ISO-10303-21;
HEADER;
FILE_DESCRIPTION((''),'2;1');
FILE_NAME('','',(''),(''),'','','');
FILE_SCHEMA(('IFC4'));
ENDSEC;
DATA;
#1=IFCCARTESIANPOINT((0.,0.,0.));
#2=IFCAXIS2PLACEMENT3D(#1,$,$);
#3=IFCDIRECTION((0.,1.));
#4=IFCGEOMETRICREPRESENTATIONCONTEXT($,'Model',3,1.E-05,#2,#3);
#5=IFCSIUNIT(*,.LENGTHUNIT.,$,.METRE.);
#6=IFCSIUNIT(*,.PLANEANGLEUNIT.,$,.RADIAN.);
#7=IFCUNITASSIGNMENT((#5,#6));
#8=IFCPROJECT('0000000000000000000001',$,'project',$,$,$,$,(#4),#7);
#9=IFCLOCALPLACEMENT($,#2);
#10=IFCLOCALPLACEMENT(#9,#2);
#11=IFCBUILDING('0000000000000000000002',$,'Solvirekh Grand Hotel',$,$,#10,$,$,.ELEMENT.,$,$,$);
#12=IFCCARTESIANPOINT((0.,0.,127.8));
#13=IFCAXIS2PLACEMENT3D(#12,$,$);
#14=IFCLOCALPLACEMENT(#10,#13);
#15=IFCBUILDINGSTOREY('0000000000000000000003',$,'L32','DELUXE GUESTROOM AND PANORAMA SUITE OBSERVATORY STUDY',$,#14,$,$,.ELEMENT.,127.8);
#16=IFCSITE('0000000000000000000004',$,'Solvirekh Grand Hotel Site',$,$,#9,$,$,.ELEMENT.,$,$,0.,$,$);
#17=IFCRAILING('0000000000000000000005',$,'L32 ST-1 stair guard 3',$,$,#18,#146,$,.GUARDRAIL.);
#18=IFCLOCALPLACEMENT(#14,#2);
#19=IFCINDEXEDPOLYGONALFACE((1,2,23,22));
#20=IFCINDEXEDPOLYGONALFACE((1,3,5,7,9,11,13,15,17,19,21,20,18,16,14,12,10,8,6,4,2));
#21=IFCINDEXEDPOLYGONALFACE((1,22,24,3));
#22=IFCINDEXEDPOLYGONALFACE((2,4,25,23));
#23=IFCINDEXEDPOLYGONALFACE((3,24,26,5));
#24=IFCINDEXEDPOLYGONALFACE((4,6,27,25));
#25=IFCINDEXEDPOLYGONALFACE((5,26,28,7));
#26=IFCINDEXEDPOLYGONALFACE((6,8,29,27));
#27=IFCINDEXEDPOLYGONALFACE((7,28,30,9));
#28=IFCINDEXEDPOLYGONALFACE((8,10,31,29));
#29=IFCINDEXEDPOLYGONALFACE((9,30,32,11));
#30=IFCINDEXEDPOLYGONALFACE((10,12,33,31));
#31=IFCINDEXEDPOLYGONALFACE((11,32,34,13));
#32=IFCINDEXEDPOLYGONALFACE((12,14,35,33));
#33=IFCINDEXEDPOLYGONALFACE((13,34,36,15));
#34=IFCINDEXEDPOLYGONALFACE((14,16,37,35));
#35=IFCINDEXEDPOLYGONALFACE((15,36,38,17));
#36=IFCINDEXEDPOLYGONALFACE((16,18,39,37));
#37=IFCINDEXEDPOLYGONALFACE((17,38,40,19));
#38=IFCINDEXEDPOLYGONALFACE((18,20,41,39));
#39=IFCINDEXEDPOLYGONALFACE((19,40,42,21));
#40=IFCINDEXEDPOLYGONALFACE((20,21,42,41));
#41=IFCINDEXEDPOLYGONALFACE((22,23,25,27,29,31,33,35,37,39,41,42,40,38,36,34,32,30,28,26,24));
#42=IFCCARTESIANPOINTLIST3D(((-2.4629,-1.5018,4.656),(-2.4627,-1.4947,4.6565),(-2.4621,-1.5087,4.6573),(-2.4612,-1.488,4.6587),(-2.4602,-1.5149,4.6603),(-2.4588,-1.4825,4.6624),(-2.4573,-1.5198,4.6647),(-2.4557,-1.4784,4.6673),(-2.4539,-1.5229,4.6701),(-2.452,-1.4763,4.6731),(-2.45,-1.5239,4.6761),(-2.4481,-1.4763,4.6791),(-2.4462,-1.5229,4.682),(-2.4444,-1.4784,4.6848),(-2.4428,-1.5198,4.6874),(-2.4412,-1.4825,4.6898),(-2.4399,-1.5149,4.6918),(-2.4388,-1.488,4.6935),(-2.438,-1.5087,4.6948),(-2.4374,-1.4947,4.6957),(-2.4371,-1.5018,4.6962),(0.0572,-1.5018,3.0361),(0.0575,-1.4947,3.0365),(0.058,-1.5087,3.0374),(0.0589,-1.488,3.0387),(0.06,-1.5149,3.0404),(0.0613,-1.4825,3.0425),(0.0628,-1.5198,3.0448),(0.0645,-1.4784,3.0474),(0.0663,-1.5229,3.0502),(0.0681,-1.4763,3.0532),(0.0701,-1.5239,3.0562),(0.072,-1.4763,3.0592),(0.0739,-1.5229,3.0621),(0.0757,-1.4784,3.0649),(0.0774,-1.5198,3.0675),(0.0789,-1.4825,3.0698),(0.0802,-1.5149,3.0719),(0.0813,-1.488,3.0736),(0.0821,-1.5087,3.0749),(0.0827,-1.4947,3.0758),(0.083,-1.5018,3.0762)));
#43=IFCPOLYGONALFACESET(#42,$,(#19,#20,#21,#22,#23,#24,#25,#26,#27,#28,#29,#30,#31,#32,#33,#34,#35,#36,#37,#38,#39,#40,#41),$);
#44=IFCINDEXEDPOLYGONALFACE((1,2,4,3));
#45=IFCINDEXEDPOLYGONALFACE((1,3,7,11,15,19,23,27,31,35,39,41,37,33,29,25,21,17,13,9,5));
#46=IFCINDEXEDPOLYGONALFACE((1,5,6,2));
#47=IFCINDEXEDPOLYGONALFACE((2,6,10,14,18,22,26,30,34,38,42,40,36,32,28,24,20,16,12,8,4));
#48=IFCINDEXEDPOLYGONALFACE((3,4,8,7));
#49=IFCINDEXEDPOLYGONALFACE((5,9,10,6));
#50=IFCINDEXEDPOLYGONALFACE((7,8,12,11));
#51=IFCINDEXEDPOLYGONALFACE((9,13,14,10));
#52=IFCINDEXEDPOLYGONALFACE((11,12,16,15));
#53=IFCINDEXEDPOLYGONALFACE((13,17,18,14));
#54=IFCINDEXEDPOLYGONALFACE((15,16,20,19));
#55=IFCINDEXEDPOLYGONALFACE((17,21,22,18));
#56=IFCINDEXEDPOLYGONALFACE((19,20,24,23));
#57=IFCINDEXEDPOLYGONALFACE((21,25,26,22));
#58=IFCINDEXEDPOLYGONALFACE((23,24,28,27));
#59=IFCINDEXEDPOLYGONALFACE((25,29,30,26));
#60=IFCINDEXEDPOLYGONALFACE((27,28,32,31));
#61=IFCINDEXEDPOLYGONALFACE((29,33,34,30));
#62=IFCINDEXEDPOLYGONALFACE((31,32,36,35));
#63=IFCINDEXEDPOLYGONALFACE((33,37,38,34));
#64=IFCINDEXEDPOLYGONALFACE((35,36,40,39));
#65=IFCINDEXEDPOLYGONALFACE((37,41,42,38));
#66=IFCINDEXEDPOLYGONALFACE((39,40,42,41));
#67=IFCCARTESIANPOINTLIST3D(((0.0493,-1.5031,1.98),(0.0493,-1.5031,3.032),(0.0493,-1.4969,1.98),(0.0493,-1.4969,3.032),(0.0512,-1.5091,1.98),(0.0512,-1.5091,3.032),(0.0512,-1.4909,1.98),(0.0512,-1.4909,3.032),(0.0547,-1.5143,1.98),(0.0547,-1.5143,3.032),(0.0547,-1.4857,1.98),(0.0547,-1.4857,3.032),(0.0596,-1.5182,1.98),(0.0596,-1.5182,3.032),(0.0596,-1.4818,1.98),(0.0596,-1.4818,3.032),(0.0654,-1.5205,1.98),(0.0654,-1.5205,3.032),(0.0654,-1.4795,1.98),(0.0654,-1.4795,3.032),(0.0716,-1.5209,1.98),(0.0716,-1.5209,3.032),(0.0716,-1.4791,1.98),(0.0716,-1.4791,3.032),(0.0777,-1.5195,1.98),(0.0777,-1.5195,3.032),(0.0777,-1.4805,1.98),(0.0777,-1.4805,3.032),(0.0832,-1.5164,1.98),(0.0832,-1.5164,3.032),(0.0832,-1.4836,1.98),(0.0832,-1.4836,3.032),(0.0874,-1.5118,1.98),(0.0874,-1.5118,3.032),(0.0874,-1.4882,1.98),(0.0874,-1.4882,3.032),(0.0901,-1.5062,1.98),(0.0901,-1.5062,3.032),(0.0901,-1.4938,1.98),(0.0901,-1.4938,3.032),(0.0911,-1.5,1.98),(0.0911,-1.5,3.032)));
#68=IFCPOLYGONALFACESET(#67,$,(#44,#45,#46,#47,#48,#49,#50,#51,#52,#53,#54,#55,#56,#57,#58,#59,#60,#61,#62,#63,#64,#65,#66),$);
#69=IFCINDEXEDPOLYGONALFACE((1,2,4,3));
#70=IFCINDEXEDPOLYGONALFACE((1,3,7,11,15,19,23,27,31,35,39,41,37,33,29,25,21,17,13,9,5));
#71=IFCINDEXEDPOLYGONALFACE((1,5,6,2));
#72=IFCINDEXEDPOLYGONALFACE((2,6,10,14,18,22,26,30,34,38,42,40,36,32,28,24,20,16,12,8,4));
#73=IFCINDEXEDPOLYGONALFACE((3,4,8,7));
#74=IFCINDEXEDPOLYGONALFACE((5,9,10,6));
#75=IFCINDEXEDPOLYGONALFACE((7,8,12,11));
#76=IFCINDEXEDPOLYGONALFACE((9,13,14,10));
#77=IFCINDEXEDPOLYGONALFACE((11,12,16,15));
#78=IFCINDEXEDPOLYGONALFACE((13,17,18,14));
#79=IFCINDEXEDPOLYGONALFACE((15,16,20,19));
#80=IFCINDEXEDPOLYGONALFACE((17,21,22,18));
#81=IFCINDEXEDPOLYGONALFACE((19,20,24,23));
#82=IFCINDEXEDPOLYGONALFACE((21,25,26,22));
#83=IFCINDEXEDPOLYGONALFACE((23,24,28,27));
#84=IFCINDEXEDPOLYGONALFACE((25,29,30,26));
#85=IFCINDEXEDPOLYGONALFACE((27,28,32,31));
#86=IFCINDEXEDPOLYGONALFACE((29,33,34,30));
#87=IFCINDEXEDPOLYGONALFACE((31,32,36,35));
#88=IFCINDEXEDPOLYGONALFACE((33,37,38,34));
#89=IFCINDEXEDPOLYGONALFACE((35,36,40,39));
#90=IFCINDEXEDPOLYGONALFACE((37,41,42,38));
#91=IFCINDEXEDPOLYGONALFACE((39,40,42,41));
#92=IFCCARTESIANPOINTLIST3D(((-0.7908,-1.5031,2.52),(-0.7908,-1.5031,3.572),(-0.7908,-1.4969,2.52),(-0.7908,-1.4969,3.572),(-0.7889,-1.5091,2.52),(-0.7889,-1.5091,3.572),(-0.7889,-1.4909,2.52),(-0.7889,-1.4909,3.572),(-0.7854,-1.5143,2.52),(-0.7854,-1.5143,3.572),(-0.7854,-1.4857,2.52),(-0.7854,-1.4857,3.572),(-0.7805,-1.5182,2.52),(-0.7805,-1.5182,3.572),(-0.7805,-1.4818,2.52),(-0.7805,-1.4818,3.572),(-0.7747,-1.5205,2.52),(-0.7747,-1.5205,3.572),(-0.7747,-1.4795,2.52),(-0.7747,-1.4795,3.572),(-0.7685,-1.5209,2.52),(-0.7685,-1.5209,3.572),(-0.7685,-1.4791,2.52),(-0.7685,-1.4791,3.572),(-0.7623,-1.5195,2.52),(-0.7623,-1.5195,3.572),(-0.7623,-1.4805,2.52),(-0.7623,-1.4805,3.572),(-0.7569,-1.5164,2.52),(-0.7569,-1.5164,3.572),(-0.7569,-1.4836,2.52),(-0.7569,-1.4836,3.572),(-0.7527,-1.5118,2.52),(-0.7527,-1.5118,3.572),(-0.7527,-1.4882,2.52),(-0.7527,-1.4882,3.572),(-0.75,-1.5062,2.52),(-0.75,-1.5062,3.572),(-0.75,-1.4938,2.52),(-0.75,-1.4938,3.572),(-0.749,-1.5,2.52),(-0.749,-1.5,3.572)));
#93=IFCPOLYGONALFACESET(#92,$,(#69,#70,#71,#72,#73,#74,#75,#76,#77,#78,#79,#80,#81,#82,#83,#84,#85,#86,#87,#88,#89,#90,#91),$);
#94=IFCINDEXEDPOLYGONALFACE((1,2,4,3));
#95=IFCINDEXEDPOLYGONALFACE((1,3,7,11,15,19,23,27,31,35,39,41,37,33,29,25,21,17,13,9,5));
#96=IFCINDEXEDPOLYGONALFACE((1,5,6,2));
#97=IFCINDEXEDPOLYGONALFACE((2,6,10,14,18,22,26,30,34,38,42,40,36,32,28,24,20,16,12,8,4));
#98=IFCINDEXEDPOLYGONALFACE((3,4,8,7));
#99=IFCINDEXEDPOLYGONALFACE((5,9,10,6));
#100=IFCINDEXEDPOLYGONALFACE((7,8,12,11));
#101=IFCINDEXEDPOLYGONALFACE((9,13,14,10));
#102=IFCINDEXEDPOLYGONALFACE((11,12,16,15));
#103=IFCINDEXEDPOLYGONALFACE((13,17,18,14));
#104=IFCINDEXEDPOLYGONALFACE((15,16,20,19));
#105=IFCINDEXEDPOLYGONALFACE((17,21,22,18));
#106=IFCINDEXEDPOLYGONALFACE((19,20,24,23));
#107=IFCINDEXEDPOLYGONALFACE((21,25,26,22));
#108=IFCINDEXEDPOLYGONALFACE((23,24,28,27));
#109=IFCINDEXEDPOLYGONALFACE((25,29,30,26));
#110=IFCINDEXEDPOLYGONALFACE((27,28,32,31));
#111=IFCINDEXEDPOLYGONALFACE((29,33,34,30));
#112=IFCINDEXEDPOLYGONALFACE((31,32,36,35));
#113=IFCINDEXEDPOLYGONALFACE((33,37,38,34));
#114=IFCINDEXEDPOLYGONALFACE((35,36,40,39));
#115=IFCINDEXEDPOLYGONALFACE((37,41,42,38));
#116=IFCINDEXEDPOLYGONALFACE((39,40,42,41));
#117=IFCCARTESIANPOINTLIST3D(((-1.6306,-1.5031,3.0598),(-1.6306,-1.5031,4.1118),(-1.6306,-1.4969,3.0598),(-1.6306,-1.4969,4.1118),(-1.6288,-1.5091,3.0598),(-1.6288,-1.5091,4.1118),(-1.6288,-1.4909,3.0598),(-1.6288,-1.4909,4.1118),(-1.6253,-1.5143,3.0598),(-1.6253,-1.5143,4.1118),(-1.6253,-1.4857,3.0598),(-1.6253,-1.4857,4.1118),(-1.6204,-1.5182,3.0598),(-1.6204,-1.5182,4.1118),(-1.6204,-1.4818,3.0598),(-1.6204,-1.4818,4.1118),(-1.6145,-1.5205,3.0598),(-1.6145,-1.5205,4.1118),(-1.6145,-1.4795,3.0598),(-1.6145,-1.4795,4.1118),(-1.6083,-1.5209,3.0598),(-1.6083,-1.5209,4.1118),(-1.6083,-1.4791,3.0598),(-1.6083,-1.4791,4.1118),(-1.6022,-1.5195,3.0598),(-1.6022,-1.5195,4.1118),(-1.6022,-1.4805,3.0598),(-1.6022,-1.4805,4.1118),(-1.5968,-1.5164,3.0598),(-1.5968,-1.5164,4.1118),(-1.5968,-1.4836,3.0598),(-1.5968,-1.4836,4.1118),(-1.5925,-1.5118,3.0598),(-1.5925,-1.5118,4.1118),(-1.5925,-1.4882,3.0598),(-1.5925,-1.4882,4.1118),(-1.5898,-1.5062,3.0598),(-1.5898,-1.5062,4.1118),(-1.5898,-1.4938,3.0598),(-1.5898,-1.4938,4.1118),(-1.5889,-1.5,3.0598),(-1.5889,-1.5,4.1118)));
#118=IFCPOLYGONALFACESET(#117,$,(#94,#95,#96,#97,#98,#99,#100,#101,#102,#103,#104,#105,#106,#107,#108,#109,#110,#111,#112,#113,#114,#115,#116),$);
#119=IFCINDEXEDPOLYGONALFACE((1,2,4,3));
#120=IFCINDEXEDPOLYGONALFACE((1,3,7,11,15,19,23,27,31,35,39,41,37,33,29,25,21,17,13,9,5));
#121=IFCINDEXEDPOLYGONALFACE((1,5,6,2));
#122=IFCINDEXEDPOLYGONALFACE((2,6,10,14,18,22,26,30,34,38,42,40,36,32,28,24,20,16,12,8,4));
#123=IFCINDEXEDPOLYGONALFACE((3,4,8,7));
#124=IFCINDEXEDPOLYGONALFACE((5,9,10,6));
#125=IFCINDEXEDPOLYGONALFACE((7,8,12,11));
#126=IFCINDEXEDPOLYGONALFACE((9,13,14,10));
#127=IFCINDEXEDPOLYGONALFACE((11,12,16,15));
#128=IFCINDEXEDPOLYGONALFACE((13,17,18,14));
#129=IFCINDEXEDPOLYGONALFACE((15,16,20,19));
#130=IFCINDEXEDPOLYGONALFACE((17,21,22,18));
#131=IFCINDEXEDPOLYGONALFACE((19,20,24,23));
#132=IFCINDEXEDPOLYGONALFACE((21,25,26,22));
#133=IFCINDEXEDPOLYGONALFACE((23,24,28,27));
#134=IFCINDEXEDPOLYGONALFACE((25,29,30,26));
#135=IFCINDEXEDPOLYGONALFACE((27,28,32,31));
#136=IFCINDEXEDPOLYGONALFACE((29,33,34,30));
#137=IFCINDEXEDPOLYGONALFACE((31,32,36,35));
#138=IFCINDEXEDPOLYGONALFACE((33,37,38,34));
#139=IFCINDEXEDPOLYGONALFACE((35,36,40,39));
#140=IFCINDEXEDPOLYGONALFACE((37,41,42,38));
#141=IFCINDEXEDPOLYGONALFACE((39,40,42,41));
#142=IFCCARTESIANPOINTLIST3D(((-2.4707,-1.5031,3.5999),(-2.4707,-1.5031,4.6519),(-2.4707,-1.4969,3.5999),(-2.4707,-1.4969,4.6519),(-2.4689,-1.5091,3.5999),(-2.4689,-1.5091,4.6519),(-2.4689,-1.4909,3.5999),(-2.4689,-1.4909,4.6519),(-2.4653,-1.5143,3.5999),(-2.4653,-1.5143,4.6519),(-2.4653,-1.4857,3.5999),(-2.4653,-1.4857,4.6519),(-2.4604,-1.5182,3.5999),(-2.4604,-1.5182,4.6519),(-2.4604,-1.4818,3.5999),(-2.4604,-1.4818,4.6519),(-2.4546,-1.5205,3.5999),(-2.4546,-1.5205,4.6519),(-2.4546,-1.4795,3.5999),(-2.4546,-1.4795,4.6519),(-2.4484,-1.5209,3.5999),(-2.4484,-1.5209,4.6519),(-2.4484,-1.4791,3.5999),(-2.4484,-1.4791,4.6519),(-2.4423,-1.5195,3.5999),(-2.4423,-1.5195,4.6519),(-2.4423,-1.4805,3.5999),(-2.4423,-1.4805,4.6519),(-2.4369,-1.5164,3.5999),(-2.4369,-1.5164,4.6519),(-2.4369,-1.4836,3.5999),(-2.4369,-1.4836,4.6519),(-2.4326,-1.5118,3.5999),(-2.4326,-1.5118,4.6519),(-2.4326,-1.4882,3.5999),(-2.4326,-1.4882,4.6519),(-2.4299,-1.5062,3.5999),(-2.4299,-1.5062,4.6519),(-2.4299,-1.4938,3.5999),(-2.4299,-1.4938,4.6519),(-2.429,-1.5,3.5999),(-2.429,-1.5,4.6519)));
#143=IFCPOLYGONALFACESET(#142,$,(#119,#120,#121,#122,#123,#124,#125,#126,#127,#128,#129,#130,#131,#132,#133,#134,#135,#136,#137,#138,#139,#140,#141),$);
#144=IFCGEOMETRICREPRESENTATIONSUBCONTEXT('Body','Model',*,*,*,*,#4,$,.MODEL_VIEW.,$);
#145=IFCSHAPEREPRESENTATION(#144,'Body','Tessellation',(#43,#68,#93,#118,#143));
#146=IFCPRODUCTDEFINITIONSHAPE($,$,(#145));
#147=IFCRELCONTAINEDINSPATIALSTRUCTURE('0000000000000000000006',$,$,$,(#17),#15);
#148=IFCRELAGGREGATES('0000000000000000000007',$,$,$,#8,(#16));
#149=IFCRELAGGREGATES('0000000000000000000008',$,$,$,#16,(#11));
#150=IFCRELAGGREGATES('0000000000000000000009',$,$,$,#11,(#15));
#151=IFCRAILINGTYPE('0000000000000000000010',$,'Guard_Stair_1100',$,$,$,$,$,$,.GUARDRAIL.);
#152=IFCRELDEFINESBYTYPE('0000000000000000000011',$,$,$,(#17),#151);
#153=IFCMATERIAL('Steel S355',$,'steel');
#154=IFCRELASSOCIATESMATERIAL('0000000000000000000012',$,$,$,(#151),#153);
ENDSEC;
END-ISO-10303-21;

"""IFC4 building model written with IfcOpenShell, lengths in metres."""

from ifc_helpers import new_model, si_unit, direction, frame, origin, origin_2d, place, context, subcontext, project, spatial, circle, extrude, material, type_object, element, save


model = new_model("IFC4")

# Units and contexts
model_context = context("Model", 3, precision=1e-05, world=origin(), true_north=direction((0.0, 1.0)))
body_context = subcontext(model_context, "Body", "Model", "MODEL_VIEW")
ifc_project = project(units=[si_unit("LENGTHUNIT", "METRE"), si_unit("PLANEANGLEUNIT", "RADIAN")], contexts=[model_context])

# Site, building, storey
site_placement = place(None, origin())
site = spatial("IfcSite", under=ifc_project, at=site_placement, Name="Solvirekh Grand Hotel Site", CompositionType="ELEMENT", RefElevation=0.0)
building_placement = place(site_placement, origin())
building = spatial("IfcBuilding", under=site, at=building_placement, Name="Solvirekh Grand Hotel", CompositionType="ELEMENT")
storey_placement = place(building_placement, frame((0.0, 0.0, 127.8)))
storey = spatial("IfcBuildingStorey", under=building, at=storey_placement, Name="L32", Description="DELUXE GUESTROOM AND PANORAMA SUITE OBSERVATORY STUDY", CompositionType="ELEMENT", Elevation=127.8)

# Shared definitions
ifc_material_1 = material(Name="Steel S355", Category="steel")

# Railing
railing_type_1 = type_object("IfcRailingType", Name="Guard_Stair_1100", PredefinedType="GUARDRAIL", material=ifc_material_1)
railing_1_placement = place(storey_placement, frame((0.0701, -1.5, 1.98)))
element("IfcRailing", 1, at=railing_1_placement, inside=storey, type_object=railing_type_1, Name="L32 ST-1 stair guard 3", PredefinedType="GUARDRAIL", context=body_context, shape_type="SweptSolid", body=[
    extrude(circle(Radius=0.0239, at=origin_2d()), frame((0.0, 0.0, 1.0762), z_axis=(-0.8412, 0.0, 0.540725), x_axis=(0.0, -1.0, 0.0)), (0.0, 0.0, 1.0), 2.9958),
    extrude(circle(Radius=0.021, at=origin_2d()), origin(), (0.0, 0.0, 1.0), 1.052),
    extrude(circle(Radius=0.021, at=origin_2d()), frame((-0.8401, 0.0, 0.54)), (0.0, 0.0, 1.0), 1.052),
    extrude(circle(Radius=0.021, at=origin_2d()), frame((-1.6799, 0.0, 1.0798)), (0.0, 0.0, 1.0), 1.052),
    extrude(circle(Radius=0.021, at=origin_2d()), frame((-2.52, 0.0, 1.6199)), (0.0, 0.0, 1.0), 1.052),
])

save(model, "model.ifc")
